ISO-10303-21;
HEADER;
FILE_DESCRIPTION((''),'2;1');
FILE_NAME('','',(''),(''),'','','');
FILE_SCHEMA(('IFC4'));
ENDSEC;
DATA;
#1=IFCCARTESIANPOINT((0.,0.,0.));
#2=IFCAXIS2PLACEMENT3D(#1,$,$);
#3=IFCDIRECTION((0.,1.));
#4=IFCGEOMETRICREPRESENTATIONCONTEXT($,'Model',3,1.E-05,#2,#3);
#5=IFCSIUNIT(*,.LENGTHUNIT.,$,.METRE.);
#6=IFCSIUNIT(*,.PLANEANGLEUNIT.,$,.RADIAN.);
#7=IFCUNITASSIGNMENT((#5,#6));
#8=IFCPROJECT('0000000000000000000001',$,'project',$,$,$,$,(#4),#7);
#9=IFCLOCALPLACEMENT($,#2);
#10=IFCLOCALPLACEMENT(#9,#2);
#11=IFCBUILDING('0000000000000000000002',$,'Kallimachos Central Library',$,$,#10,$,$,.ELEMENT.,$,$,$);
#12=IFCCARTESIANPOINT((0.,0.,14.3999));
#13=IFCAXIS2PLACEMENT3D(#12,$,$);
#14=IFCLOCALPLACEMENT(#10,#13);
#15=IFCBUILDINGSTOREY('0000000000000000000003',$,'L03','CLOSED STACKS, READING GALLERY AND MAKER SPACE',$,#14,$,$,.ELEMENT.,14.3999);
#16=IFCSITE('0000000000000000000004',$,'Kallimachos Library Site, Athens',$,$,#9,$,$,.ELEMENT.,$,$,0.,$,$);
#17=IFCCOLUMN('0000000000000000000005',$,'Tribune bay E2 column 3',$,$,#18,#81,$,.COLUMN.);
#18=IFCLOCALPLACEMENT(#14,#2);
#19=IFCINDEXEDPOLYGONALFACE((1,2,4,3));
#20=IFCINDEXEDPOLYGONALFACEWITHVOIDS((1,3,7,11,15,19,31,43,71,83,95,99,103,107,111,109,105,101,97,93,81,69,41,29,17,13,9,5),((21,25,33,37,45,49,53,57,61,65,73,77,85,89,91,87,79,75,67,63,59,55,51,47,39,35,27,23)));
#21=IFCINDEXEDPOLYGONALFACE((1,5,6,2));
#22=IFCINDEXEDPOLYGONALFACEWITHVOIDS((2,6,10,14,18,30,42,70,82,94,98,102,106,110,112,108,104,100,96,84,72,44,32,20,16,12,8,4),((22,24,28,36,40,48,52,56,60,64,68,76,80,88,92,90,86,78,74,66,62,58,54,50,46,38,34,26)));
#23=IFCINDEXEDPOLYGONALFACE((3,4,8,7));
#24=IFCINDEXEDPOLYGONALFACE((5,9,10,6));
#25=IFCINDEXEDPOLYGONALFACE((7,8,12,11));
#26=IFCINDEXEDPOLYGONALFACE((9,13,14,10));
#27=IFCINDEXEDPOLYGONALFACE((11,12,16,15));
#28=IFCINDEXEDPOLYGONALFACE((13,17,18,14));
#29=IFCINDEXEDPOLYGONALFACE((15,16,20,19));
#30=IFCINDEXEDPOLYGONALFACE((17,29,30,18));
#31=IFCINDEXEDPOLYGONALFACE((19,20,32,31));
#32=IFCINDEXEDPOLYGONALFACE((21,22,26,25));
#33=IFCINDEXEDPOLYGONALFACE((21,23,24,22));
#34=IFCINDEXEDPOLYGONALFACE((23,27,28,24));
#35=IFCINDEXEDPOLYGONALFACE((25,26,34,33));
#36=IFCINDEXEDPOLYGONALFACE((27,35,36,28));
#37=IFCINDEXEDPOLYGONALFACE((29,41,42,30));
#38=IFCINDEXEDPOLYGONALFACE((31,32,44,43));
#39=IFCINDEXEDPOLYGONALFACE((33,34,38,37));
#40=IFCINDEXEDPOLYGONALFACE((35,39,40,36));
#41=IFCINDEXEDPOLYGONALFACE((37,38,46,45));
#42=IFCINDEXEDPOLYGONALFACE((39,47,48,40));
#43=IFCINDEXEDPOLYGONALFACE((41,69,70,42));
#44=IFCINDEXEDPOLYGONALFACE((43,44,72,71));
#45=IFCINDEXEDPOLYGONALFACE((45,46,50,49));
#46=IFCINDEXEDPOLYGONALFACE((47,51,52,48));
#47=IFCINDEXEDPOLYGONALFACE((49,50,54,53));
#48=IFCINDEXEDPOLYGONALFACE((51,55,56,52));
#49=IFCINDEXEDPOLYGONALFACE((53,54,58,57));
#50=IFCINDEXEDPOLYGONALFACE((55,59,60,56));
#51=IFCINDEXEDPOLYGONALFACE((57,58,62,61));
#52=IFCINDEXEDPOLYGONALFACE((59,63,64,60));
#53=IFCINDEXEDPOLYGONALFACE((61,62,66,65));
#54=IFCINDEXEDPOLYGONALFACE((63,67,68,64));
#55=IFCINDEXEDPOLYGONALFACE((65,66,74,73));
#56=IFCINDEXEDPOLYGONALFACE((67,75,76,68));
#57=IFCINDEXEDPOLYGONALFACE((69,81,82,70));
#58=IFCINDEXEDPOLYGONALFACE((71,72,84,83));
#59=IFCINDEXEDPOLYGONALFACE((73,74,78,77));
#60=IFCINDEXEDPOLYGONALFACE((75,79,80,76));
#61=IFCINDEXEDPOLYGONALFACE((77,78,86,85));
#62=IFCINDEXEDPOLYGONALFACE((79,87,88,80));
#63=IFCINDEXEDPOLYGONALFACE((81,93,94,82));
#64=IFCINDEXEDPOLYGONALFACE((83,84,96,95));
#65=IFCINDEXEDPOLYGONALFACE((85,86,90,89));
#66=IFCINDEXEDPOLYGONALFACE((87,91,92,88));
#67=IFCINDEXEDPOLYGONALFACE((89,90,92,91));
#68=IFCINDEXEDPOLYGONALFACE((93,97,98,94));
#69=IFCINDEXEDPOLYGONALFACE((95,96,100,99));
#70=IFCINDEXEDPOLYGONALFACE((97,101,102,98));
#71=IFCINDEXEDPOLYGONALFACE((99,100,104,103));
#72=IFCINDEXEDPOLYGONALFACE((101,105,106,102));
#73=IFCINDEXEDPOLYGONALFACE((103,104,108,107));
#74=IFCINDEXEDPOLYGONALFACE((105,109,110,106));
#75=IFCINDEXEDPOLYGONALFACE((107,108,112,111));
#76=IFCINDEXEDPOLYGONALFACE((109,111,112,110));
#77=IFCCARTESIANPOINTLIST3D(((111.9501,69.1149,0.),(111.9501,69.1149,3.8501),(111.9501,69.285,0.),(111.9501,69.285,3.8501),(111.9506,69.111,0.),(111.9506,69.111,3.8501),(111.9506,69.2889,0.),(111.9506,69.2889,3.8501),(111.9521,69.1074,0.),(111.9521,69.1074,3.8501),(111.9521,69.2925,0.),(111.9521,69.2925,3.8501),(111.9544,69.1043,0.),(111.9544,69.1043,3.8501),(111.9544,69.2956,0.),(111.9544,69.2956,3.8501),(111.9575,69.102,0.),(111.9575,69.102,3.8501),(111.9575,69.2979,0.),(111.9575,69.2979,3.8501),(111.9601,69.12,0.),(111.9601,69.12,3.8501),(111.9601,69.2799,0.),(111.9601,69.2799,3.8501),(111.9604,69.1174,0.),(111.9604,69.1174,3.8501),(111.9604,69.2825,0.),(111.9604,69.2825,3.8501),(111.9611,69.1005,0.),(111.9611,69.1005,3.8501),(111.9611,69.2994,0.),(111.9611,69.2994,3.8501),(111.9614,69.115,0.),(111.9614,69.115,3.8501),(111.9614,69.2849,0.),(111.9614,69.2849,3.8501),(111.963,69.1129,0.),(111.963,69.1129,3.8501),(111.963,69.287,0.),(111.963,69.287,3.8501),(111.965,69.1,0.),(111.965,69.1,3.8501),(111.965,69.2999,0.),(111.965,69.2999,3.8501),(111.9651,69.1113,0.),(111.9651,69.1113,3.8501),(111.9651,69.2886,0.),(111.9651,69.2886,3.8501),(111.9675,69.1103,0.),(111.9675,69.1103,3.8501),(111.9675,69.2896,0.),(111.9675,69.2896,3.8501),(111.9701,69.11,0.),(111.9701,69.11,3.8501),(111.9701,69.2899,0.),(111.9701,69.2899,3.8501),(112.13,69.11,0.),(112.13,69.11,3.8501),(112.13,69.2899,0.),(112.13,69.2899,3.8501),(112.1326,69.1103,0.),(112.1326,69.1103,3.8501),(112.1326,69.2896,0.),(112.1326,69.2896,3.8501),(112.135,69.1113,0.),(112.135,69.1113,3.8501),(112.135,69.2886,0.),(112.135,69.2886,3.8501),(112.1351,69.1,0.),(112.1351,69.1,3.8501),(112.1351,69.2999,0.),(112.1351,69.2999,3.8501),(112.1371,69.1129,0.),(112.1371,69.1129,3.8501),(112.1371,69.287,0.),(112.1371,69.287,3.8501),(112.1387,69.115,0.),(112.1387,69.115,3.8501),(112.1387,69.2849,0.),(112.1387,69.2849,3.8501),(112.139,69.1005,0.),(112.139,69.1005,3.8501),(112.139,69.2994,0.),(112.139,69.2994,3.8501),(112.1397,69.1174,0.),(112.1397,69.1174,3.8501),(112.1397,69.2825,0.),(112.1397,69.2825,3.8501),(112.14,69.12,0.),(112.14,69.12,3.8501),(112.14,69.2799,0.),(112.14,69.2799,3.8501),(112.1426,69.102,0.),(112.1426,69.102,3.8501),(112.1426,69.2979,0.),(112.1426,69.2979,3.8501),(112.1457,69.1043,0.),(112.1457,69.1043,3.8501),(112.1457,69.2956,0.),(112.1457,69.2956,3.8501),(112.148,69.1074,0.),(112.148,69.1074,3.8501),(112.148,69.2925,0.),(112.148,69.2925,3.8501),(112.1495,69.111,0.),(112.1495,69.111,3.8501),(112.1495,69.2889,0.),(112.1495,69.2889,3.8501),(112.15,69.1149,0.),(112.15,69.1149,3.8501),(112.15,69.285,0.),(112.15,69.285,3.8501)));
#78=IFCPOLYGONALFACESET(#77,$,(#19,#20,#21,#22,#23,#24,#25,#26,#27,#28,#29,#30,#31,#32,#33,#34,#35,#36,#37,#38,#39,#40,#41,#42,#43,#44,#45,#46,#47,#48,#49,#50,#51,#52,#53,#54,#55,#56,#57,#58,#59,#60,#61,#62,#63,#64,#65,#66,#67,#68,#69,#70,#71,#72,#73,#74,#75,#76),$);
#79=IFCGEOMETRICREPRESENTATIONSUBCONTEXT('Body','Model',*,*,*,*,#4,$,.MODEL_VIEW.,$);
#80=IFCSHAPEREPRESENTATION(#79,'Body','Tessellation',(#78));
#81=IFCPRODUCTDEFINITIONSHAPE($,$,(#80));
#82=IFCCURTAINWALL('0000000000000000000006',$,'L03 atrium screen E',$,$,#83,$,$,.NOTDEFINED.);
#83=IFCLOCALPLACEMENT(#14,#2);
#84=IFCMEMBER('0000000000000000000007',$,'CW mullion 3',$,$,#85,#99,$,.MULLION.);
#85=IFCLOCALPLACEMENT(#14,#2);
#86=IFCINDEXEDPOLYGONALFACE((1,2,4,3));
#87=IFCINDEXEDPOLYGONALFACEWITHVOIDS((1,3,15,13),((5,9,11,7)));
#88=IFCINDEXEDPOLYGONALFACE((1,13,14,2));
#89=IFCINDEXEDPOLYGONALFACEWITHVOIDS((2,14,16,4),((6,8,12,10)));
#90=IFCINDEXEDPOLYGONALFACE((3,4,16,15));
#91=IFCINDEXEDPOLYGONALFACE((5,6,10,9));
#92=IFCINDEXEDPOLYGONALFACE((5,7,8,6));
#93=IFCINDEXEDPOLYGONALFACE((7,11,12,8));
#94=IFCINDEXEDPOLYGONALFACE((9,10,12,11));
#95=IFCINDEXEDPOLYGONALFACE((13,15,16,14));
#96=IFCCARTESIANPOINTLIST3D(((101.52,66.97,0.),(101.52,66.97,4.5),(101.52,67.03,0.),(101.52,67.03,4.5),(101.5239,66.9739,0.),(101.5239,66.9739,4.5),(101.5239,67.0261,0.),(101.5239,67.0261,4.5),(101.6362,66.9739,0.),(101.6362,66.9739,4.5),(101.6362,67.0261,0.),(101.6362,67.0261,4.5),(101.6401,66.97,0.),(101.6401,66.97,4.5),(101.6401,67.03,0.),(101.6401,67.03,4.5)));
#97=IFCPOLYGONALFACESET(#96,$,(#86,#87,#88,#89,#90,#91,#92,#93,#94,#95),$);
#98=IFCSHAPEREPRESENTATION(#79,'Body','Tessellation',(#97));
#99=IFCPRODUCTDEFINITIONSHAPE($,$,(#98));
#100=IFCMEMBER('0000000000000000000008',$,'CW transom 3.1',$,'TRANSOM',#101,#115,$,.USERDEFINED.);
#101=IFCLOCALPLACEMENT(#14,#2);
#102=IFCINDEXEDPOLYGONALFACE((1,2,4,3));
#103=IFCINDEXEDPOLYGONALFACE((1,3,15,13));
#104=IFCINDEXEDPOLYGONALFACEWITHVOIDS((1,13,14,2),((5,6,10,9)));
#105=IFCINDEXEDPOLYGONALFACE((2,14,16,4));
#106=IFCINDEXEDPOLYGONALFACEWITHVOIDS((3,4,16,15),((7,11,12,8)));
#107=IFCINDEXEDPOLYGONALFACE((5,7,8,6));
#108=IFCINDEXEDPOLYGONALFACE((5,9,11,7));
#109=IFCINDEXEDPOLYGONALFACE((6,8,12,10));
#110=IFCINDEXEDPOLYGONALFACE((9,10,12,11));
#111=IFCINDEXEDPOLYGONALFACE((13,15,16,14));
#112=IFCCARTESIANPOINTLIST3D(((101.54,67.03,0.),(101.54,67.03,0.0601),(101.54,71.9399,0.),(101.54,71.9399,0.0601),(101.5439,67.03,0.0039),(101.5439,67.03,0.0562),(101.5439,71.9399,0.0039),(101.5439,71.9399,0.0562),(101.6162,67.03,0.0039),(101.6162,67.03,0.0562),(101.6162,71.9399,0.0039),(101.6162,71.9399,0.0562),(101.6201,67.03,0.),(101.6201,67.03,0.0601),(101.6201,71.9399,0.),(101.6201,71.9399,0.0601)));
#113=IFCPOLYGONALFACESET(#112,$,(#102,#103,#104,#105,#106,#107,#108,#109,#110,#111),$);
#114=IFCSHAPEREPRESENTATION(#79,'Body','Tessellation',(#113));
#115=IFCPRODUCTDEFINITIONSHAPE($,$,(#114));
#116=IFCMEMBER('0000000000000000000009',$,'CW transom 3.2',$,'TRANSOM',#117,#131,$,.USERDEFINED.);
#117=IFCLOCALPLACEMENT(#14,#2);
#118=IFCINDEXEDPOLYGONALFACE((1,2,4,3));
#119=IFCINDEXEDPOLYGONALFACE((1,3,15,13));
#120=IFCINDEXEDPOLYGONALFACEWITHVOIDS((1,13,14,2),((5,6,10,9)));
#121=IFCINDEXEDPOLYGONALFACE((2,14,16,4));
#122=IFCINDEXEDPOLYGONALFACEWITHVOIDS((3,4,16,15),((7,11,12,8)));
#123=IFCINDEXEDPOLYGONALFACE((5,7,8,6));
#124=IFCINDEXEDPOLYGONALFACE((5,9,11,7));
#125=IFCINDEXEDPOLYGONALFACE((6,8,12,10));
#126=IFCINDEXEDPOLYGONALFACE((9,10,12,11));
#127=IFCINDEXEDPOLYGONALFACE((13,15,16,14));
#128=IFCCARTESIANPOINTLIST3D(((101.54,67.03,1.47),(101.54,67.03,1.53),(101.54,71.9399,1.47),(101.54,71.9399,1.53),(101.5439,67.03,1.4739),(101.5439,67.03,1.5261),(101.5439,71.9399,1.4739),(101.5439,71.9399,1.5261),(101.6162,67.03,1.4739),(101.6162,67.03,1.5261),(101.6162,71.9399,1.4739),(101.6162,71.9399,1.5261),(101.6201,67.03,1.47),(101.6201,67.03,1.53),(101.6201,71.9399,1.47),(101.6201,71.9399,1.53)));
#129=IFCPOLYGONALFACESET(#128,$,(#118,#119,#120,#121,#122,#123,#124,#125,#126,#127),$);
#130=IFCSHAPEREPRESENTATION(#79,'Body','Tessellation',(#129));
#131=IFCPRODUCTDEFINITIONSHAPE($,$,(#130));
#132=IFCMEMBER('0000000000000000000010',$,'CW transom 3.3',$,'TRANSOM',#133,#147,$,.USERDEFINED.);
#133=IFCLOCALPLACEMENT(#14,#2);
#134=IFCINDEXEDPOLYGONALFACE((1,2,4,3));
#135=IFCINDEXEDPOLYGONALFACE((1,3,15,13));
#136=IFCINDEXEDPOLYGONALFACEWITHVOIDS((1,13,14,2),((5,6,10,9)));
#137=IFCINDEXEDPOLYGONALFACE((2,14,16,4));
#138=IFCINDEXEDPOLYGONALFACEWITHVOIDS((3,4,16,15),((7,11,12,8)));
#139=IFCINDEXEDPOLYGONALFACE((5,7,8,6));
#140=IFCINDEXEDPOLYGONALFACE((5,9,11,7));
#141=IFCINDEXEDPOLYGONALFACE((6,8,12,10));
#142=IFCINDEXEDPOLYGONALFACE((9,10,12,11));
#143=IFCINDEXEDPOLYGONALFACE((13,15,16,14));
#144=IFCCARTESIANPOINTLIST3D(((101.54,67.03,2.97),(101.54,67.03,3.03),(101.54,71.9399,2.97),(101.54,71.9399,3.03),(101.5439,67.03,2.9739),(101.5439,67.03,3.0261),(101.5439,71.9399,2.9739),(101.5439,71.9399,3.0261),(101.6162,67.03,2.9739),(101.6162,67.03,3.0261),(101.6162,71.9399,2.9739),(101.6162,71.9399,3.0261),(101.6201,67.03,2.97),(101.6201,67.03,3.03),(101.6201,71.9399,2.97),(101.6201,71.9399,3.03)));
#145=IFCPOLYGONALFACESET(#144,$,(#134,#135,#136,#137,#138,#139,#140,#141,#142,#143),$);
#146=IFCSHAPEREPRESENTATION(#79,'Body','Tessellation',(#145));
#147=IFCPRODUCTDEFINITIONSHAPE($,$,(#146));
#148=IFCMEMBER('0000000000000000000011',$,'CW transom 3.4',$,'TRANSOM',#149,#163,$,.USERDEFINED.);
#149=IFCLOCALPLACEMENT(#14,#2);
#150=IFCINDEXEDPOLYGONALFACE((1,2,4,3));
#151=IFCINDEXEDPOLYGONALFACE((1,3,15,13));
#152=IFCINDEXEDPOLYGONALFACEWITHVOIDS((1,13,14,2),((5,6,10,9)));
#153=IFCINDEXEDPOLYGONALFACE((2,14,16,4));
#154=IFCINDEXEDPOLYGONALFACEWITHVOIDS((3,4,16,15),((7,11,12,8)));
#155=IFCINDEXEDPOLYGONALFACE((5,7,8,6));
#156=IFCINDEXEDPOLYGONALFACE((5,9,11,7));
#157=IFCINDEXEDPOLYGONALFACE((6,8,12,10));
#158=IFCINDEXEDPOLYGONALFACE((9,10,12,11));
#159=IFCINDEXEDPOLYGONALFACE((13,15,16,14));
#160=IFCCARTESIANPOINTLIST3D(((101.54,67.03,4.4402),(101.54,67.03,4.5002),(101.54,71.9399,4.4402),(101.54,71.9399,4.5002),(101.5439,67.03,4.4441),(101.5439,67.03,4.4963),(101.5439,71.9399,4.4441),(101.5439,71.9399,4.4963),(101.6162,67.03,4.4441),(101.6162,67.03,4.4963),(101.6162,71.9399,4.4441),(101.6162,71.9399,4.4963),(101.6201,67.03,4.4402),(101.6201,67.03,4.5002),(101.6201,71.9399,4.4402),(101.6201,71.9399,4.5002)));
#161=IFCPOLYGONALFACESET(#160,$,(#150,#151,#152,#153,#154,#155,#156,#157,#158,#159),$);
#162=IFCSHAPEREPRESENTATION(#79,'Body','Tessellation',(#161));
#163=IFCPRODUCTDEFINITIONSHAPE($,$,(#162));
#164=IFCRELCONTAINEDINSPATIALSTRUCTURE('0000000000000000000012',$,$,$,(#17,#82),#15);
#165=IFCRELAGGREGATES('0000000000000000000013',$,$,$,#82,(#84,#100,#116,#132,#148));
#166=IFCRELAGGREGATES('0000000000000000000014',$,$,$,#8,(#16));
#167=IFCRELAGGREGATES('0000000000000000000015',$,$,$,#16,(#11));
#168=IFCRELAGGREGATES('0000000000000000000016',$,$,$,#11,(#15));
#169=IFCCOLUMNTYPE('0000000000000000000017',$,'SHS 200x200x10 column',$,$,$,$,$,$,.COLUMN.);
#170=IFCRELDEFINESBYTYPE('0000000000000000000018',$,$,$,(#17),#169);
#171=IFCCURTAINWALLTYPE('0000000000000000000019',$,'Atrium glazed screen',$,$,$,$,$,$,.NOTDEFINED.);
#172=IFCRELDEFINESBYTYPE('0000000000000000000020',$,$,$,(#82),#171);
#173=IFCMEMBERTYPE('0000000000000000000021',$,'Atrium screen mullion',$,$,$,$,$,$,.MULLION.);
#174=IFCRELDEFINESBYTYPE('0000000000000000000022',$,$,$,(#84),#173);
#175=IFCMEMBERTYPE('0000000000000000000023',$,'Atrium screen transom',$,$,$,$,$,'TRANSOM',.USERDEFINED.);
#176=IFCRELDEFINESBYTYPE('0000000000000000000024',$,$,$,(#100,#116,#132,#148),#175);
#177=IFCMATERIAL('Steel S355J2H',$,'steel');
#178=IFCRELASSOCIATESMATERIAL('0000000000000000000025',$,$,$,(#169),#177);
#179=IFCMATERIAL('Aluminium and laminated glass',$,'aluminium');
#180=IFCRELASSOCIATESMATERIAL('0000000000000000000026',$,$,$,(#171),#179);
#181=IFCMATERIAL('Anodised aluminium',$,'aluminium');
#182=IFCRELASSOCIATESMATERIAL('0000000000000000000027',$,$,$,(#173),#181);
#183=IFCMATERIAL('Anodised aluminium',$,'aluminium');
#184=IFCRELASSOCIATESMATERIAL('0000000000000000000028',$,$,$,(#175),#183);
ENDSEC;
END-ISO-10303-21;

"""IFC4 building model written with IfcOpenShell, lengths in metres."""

from ifc_helpers import new_model, si_unit, direction, frame, origin, origin_2d, place, context, subcontext, project, spatial, hollow_rectangle, extrude, material, material_profile, profile_set, type_object, element, aggregate, save


model = new_model("IFC4")

# Units and contexts
model_context = context("Model", 3, precision=1e-05, world=origin(), true_north=direction((0.0, 1.0)))
body_context = subcontext(model_context, "Body", "Model", "MODEL_VIEW")
ifc_project = project(units=[si_unit("LENGTHUNIT", "METRE"), si_unit("PLANEANGLEUNIT", "RADIAN")], contexts=[model_context])

# Site, building, storey
site_placement = place(None, origin())
site = spatial("IfcSite", under=ifc_project, at=site_placement, Name="Kallimachos Library Site, Athens", CompositionType="ELEMENT", RefElevation=0.0)
building_placement = place(site_placement, origin())
building = spatial("IfcBuilding", under=site, at=building_placement, Name="Kallimachos Central Library", CompositionType="ELEMENT")
storey_placement = place(building_placement, frame((0.0, 0.0, 14.3999)))
storey = spatial("IfcBuildingStorey", under=building, at=storey_placement, Name="L03", Description="CLOSED STACKS, READING GALLERY AND MAKER SPACE", CompositionType="ELEMENT", Elevation=14.3999)

# Column
ifc_material_1 = material(Name="Steel S355J2H", Category="steel")
ifc_material_profile_1 = material_profile(ifc_material_1, hollow_rectangle(XDim=0.2, YDim=0.2, WallThickness=0.01, InnerFilletRadius=0.01, OuterFilletRadius=0.0149, at=origin_2d()), Name="SHS 200x200x10")
ifc_profile_set_1 = profile_set([ifc_material_profile_1], Name="Steel S355J2H")
column_type = type_object("IfcColumnType", Name="SHS 200x200x10 column", PredefinedType="COLUMN", material=ifc_profile_set_1)
for number, where, z_axis, x_axis, name in (
    (1, (112.05, 69.2, 0.0), (0.0, 0.0, 1.0), (1.0, 0.0, 0.0), "Tribune bay E2 column 3"),
):
    element("IfcColumn", number, at=place(storey_placement, frame(where, z_axis=z_axis, x_axis=x_axis)), inside=storey, type_object=column_type, Name=name, PredefinedType="COLUMN", context=body_context, shape_type="SweptSolid", body=[
        extrude(hollow_rectangle(XDim=0.2, YDim=0.2, WallThickness=0.01, InnerFilletRadius=0.01, OuterFilletRadius=0.0149, at=origin_2d()), origin(), (0.0, 0.0, 1.0), 3.8501),
    ])

# Curtain wall, members
ifc_material_2 = material(Name="Aluminium and laminated glass", Category="aluminium")
curtain_wall_type_1 = type_object("IfcCurtainWallType", Name="Atrium glazed screen", PredefinedType="NOTDEFINED", material=ifc_material_2)
curtain_wall_1_placement = place(storey_placement, origin())
curtain_wall_1 = element("IfcCurtainWall", 2, at=curtain_wall_1_placement, inside=storey, type_object=curtain_wall_type_1, Name="L03 atrium screen E", PredefinedType="NOTDEFINED")
ifc_material_3 = material(Name="Anodised aluminium", Category="aluminium")
ifc_material_profile_2 = material_profile(ifc_material_3, hollow_rectangle(XDim=0.0601, YDim=0.1201, WallThickness=0.0039, at=origin_2d()), Name="ALU MULLION 60x120")
ifc_profile_set_2 = profile_set([ifc_material_profile_2], Name="Anodised aluminium")
member_type_1 = type_object("IfcMemberType", Name="Atrium screen mullion", PredefinedType="MULLION", material=ifc_profile_set_2)
member_1_placement = place(storey_placement, frame((101.5801, 67.0, 0.0), z_axis=(0.0, 0.0, 1.0), x_axis=(0.0, 1.0, 0.0)))
member_1 = element("IfcMember", 3, at=member_1_placement, type_object=member_type_1, Name="CW mullion 3", PredefinedType="MULLION", context=body_context, shape_type="SweptSolid", body=[
    extrude(hollow_rectangle(XDim=0.0601, YDim=0.1201, WallThickness=0.0039, at=origin_2d()), origin(), (0.0, 0.0, 1.0), 4.5),
])
ifc_material_4 = material(Name="Anodised aluminium", Category="aluminium")
ifc_material_profile_3 = material_profile(ifc_material_4, hollow_rectangle(XDim=0.0601, YDim=0.0801, WallThickness=0.0039, at=origin_2d()), Name="ALU TRANSOM 60x80")
ifc_profile_set_3 = profile_set([ifc_material_profile_3], Name="Anodised aluminium")
member_type_2 = type_object("IfcMemberType", Name="Atrium screen transom", ElementType="TRANSOM", PredefinedType="USERDEFINED", material=ifc_profile_set_3)
member_2_placement = place(storey_placement, frame((101.5801, 67.03, 0.03), z_axis=(0.0, 1.0, 0.0), x_axis=(0.0, 0.0, 1.0)))
member_2 = element("IfcMember", 4, at=member_2_placement, type_object=member_type_2, Name="CW transom 3.1", ObjectType="TRANSOM", PredefinedType="USERDEFINED", context=body_context, shape_type="SweptSolid", body=[
    extrude(hollow_rectangle(XDim=0.0601, YDim=0.0801, WallThickness=0.0039, at=origin_2d()), origin(), (0.0, 0.0, 1.0), 4.9099),
])
member_3_placement = place(storey_placement, frame((101.5801, 67.03, 1.5), z_axis=(0.0, 1.0, 0.0), x_axis=(0.0, 0.0, 1.0)))
member_3 = element("IfcMember", 5, at=member_3_placement, type_object=member_type_2, Name="CW transom 3.2", ObjectType="TRANSOM", PredefinedType="USERDEFINED", context=body_context, shape_type="SweptSolid", body=[
    extrude(hollow_rectangle(XDim=0.0601, YDim=0.0801, WallThickness=0.0039, at=origin_2d()), origin(), (0.0, 0.0, 1.0), 4.9099),
])
member_4_placement = place(storey_placement, frame((101.5801, 67.03, 3.0), z_axis=(0.0, 1.0, 0.0), x_axis=(0.0, 0.0, 1.0)))
member_4 = element("IfcMember", 6, at=member_4_placement, type_object=member_type_2, Name="CW transom 3.3", ObjectType="TRANSOM", PredefinedType="USERDEFINED", context=body_context, shape_type="SweptSolid", body=[
    extrude(hollow_rectangle(XDim=0.0601, YDim=0.0801, WallThickness=0.0039, at=origin_2d()), origin(), (0.0, 0.0, 1.0), 4.9099),
])
member_5_placement = place(storey_placement, frame((101.5801, 67.03, 4.4702), z_axis=(0.0, 1.0, 0.0), x_axis=(0.0, 0.0, 1.0)))
member_5 = element("IfcMember", 7, at=member_5_placement, type_object=member_type_2, Name="CW transom 3.4", ObjectType="TRANSOM", PredefinedType="USERDEFINED", context=body_context, shape_type="SweptSolid", body=[
    extrude(hollow_rectangle(XDim=0.0601, YDim=0.0801, WallThickness=0.0039, at=origin_2d()), origin(), (0.0, 0.0, 1.0), 4.9099),
])

aggregate(curtain_wall_1, [member_1, member_2, member_3, member_4, member_5])

save(model, "model.ifc")
